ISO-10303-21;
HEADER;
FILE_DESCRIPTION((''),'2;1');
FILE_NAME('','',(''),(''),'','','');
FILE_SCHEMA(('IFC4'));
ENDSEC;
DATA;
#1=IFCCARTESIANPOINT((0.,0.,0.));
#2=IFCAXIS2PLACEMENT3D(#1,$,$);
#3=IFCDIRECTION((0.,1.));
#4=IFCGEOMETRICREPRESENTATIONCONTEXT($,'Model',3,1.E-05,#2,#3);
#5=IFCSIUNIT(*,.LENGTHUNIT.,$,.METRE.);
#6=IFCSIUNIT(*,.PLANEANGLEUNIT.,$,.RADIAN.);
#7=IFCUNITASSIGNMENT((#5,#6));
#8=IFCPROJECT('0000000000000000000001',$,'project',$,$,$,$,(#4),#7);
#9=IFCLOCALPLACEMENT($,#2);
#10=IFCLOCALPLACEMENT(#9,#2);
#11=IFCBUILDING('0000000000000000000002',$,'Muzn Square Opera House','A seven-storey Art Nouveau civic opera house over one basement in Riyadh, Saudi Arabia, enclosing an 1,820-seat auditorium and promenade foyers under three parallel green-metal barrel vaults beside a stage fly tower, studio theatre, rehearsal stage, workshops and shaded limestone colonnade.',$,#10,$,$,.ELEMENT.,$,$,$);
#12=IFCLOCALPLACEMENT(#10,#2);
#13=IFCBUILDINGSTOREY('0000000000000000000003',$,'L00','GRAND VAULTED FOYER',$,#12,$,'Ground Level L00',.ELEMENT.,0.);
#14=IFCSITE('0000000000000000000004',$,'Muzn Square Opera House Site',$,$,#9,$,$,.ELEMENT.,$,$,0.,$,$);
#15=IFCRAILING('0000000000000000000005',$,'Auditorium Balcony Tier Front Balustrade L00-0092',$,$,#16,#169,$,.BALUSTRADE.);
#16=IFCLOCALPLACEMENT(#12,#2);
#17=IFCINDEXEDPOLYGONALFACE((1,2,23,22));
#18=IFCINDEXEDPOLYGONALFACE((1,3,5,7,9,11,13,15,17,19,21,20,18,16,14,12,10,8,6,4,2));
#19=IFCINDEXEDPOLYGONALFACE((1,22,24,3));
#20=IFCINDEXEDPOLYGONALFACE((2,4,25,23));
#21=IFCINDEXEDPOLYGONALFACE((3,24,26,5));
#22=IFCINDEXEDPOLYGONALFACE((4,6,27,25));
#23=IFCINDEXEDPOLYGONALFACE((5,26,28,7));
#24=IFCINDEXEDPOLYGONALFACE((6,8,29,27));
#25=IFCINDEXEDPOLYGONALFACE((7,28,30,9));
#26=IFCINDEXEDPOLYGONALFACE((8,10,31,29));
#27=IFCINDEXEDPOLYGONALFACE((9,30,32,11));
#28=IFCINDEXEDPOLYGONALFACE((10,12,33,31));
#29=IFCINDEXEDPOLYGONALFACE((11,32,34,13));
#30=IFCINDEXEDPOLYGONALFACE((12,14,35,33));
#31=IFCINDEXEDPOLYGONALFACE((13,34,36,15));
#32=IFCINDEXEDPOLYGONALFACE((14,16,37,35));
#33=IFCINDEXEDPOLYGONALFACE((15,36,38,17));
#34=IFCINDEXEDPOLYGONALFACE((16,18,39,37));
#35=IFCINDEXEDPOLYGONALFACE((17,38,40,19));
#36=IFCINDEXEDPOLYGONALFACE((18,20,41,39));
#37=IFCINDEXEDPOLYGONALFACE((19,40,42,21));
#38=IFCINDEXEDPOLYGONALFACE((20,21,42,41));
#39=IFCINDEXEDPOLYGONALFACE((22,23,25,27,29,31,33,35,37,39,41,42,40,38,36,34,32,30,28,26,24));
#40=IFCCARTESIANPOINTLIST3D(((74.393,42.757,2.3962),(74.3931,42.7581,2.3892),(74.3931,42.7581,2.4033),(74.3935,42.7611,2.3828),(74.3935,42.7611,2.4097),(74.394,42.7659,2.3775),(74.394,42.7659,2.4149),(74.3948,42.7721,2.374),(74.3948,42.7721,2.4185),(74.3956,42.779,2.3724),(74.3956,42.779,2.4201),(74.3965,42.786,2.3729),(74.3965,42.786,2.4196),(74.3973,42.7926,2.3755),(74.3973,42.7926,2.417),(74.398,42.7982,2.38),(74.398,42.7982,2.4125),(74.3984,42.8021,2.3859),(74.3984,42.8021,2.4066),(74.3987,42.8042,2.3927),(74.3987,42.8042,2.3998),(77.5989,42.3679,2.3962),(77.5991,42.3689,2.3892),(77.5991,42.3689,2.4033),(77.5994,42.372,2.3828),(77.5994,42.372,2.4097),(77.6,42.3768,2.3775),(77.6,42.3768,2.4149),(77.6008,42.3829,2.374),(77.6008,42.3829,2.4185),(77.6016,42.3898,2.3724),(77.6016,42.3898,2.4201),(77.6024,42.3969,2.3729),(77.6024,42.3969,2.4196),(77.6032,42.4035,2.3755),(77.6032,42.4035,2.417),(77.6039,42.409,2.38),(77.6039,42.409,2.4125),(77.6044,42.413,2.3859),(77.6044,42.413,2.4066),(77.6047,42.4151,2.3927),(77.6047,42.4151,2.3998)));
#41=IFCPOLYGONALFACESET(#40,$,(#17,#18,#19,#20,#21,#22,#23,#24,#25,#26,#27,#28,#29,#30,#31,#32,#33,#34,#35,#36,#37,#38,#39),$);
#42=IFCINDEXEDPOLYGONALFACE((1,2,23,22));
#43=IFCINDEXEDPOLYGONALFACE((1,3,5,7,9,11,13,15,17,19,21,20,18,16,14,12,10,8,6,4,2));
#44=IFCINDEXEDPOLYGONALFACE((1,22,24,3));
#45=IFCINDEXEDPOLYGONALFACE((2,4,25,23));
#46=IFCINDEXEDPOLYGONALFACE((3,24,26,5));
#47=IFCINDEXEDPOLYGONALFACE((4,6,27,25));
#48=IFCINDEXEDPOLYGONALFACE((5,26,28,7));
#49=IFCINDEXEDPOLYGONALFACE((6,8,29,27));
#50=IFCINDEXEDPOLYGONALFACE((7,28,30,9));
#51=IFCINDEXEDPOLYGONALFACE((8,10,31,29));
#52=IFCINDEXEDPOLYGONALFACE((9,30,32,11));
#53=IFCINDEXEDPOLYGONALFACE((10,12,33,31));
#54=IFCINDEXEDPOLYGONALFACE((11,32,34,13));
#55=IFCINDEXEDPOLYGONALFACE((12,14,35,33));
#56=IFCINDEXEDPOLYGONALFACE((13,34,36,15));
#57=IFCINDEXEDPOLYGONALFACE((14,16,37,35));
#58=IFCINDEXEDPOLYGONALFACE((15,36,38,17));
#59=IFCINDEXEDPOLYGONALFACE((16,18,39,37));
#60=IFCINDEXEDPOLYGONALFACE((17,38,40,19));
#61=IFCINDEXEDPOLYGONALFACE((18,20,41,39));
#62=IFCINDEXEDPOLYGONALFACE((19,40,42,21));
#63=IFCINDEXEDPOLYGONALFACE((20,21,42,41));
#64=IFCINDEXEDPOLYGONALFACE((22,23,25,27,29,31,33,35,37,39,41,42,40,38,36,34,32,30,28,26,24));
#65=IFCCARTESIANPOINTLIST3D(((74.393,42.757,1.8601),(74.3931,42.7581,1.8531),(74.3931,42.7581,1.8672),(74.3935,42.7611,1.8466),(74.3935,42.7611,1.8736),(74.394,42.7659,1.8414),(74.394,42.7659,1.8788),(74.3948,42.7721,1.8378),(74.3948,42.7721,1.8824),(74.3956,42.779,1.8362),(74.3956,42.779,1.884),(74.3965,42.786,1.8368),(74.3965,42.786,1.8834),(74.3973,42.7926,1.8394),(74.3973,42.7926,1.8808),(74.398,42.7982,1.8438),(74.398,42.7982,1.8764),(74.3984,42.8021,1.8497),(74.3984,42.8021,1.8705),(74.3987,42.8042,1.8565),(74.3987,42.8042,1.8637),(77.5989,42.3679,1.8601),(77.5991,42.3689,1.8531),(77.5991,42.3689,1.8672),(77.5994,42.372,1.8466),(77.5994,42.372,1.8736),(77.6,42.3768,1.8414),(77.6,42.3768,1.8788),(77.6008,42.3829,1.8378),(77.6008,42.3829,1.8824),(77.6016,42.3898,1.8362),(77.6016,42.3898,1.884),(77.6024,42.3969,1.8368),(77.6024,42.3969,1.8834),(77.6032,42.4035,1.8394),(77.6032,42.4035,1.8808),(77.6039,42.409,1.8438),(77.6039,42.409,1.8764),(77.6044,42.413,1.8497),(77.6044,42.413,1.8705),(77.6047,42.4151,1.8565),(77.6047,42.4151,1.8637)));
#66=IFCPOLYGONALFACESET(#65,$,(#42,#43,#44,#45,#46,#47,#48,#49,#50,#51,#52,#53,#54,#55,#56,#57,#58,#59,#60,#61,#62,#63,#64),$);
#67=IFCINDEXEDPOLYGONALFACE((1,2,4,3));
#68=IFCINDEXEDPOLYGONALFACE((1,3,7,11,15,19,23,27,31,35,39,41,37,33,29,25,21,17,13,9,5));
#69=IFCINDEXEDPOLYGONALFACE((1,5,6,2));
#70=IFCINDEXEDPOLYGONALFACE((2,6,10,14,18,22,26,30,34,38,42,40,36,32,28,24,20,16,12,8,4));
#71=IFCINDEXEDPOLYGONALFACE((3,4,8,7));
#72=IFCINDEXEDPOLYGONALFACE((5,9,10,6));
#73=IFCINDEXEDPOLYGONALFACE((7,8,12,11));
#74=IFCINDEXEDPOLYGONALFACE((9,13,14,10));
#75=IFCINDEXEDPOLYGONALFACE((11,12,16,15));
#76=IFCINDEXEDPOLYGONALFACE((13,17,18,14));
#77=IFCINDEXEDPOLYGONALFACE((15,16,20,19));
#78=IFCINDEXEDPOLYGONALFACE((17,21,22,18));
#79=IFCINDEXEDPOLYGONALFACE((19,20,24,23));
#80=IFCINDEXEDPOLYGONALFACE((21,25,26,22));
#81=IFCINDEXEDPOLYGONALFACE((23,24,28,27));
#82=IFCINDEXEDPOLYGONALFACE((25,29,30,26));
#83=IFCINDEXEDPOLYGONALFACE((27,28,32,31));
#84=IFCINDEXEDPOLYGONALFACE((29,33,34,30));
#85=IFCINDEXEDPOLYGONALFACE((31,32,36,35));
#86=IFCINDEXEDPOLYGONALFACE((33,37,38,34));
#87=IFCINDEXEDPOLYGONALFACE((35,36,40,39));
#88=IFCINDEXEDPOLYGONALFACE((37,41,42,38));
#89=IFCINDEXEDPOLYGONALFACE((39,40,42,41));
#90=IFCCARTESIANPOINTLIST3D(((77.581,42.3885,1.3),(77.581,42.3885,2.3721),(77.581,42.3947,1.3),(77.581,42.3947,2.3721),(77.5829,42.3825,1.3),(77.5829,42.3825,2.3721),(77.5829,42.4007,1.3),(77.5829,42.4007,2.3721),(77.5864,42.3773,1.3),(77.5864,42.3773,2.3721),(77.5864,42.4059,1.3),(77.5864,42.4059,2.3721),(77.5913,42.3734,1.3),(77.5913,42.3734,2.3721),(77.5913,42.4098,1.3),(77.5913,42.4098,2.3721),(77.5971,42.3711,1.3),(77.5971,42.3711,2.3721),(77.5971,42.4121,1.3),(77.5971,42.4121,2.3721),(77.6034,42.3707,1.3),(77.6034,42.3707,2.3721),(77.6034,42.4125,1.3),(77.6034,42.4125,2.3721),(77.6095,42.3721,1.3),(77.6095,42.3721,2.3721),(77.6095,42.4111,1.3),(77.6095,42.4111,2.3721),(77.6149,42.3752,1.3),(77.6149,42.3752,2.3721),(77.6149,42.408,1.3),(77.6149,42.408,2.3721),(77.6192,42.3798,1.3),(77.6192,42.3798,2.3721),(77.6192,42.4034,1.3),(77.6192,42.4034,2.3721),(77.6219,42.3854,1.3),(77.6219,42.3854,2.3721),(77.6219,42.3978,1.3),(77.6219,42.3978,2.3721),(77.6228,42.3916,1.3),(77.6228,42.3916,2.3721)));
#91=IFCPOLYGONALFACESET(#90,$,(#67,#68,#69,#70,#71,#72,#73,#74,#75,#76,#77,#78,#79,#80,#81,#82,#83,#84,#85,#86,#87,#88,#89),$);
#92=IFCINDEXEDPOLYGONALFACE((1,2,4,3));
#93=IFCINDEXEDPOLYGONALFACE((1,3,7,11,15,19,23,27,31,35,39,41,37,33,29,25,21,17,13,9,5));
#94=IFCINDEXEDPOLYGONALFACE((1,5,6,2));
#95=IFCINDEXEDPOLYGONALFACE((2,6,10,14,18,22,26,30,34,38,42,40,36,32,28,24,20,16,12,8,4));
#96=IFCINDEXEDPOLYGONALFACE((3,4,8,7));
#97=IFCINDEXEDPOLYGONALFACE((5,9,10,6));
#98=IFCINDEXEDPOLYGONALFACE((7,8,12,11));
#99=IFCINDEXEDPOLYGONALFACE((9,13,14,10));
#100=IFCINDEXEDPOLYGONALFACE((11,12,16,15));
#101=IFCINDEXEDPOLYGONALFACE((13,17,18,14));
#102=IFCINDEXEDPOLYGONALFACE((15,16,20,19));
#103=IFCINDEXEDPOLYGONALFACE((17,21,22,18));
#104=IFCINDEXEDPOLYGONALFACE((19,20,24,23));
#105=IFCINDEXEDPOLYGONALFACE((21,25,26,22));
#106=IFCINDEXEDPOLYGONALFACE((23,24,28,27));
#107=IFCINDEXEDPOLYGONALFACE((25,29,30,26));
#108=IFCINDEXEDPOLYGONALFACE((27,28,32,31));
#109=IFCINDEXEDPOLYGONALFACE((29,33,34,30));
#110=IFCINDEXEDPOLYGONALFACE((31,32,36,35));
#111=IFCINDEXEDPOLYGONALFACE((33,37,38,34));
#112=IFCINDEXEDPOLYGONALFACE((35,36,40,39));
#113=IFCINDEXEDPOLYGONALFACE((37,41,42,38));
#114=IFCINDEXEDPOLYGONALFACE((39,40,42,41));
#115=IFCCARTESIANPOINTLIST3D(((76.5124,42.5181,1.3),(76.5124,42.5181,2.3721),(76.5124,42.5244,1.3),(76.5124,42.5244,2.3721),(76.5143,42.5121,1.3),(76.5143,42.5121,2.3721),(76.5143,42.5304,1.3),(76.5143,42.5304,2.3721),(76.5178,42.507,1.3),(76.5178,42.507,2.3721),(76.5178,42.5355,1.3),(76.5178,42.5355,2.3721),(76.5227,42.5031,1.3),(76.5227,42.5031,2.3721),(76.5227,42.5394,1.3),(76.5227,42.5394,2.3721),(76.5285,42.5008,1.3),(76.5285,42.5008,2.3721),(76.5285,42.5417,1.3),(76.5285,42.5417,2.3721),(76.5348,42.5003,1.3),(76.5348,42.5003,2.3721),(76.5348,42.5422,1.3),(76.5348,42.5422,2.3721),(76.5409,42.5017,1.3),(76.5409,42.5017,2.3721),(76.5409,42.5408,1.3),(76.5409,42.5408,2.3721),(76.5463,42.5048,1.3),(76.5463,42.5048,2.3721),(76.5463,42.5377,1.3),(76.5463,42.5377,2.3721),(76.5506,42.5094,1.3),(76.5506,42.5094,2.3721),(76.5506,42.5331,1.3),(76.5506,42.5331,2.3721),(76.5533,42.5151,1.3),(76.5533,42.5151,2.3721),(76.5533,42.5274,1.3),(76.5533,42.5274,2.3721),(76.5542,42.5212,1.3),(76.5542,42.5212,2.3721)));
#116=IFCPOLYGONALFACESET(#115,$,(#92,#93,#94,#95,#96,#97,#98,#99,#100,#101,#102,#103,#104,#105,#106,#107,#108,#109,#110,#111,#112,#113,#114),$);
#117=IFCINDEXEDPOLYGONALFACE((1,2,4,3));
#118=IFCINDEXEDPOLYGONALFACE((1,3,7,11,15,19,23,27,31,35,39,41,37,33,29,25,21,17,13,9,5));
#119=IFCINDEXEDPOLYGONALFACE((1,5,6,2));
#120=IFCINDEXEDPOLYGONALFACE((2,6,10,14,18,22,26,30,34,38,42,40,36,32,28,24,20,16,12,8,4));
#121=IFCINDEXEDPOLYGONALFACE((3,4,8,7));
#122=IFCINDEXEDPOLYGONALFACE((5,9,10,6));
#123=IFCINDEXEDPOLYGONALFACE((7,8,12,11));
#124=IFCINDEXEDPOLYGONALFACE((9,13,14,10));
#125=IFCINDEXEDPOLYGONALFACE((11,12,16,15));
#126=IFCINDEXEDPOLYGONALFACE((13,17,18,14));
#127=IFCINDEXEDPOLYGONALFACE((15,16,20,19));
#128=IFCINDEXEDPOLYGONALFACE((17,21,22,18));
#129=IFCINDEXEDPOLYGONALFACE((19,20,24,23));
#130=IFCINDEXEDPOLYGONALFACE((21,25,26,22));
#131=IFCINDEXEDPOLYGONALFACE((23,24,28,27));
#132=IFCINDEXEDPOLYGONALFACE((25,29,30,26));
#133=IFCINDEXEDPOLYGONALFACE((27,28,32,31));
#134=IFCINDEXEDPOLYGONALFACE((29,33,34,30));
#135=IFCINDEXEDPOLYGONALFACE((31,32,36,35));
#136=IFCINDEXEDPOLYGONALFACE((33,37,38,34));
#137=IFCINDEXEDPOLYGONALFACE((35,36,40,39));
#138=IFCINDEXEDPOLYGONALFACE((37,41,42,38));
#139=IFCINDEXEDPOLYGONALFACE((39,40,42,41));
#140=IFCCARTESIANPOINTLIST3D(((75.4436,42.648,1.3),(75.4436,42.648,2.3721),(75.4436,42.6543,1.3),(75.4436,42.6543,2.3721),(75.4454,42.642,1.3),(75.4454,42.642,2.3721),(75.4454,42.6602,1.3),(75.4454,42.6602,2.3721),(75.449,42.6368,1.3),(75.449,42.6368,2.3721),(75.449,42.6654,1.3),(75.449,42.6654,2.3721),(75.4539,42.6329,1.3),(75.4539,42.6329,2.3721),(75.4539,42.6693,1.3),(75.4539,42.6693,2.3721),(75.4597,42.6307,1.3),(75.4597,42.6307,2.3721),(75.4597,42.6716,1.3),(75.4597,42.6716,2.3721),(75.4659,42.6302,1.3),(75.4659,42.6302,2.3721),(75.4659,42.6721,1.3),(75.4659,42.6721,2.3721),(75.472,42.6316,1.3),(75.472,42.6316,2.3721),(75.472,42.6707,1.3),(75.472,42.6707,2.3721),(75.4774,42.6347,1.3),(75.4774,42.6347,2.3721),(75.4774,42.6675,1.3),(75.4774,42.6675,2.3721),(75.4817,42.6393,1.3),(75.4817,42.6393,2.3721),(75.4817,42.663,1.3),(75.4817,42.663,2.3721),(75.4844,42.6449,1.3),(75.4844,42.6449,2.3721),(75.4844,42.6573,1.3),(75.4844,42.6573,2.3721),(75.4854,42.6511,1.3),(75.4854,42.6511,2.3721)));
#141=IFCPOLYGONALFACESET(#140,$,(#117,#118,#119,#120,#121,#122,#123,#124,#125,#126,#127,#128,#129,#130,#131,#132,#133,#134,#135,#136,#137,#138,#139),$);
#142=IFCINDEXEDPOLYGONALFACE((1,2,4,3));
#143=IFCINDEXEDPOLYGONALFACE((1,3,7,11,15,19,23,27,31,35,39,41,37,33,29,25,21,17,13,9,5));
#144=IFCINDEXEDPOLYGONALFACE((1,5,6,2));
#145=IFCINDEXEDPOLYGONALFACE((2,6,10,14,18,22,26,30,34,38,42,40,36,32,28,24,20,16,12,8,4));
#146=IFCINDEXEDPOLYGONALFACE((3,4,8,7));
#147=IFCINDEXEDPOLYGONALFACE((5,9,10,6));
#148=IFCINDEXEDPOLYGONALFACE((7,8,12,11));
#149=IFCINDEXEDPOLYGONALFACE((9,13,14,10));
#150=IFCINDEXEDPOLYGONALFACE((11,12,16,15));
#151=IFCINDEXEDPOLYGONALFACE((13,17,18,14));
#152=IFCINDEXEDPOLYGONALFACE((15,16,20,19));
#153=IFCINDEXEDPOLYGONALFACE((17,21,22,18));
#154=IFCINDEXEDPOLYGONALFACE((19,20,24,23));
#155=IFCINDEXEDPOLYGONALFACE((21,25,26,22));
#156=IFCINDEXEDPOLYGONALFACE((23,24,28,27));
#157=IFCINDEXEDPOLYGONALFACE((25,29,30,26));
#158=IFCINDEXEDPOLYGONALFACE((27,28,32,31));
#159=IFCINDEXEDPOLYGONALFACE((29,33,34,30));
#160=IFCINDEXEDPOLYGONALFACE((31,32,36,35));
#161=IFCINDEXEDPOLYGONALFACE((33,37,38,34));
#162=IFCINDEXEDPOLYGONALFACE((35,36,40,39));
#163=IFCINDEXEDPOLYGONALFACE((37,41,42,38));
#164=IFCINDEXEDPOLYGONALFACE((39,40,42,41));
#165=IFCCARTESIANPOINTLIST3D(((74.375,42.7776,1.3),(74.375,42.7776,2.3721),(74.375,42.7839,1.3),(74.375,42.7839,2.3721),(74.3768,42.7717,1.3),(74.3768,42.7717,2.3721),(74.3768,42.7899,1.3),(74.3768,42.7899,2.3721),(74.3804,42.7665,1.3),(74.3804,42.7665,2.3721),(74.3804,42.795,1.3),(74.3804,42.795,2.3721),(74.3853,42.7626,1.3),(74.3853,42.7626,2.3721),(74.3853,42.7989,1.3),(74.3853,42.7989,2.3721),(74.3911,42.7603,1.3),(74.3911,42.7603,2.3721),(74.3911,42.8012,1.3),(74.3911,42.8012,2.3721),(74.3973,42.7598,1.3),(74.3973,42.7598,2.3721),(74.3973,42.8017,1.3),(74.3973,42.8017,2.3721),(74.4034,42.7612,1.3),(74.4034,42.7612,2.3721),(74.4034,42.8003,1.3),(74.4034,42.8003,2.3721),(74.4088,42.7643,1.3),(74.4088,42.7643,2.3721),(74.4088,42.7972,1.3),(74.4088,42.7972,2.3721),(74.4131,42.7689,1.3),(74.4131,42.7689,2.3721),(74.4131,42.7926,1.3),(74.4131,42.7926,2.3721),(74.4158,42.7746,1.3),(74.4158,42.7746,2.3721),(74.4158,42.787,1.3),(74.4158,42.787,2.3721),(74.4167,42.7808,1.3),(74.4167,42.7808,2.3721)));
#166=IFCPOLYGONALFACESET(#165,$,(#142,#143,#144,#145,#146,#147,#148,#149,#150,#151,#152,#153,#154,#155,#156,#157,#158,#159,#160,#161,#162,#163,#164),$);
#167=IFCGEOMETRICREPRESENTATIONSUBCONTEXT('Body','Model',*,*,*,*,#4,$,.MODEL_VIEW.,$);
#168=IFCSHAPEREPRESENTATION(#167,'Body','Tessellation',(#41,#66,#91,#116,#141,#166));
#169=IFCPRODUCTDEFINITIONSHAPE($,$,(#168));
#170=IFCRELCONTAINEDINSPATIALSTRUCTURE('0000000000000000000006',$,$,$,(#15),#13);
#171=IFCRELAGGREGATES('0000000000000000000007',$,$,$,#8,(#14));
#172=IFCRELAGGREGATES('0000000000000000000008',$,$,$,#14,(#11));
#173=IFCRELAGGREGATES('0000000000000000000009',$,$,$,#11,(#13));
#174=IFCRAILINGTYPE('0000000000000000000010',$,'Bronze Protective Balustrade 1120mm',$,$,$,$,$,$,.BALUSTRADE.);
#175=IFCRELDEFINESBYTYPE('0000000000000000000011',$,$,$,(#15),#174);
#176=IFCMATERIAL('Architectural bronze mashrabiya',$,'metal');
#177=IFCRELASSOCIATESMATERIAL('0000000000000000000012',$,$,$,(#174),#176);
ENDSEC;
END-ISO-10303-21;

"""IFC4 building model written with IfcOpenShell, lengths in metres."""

from ifc_helpers import new_model, si_unit, direction, frame, origin, origin_2d, place, context, subcontext, project, spatial, circle, extrude, material, type_object, element, save


model = new_model("IFC4")

# Units and contexts
model_context = context("Model", 3, precision=1e-05, world=origin(), true_north=direction((0.0, 1.0)))
body_context = subcontext(model_context, "Body", "Model", "MODEL_VIEW")
ifc_project = project(units=[si_unit("LENGTHUNIT", "METRE"), si_unit("PLANEANGLEUNIT", "RADIAN")], contexts=[model_context])

# Site, building, storey
site_placement = place(None, origin())
site = spatial("IfcSite", under=ifc_project, at=site_placement, Name="Muzn Square Opera House Site", CompositionType="ELEMENT", RefElevation=0.0)
building_placement = place(site_placement, origin())
building = spatial("IfcBuilding", under=site, at=building_placement, Name="Muzn Square Opera House", Description="A seven-storey Art Nouveau civic opera house over one basement in Riyadh, Saudi Arabia, enclosing an 1,820-seat auditorium and promenade foyers under three parallel green-metal barrel vaults beside a stage fly tower, studio theatre, rehearsal stage, workshops and shaded limestone colonnade.", CompositionType="ELEMENT")
storey_placement = place(building_placement, origin())
storey = spatial("IfcBuildingStorey", under=building, at=storey_placement, Name="L00", Description="GRAND VAULTED FOYER", LongName="Ground Level L00", CompositionType="ELEMENT", Elevation=0.0)

# Railing
ifc_material_1 = material(Name="Architectural bronze mashrabiya", Category="metal")
railing_type_1 = type_object("IfcRailingType", Name="Bronze Protective Balustrade 1120mm", PredefinedType="BALUSTRADE", material=ifc_material_1)
railing_1_placement = place(storey_placement, frame((77.6018, 42.3916, 1.3)))
element("IfcRailing", 1, at=railing_1_placement, inside=storey, type_object=railing_type_1, Name="Auditorium Balcony Tier Front Balustrade L00-0092", PredefinedType="BALUSTRADE", context=body_context, shape_type="SweptSolid", body=[
    extrude(circle(Radius=0.0239, at=origin_2d()), frame((0.0, 0.0, 1.0962), z_axis=(-0.992714, 0.120498, 0.0), x_axis=(-0.120498, -0.992714, 0.0)), (0.0, 0.0, 1.0), 3.2295),
    extrude(circle(Radius=0.0239, at=origin_2d()), frame((0.0, 0.0, 0.5601), z_axis=(-0.992714, 0.120498, 0.0), x_axis=(-0.120498, -0.992714, 0.0)), (0.0, 0.0, 1.0), 3.2295),
    extrude(circle(Radius=0.021, at=origin_2d()), origin(), (0.0, 0.0, 1.0), 1.072),
    extrude(circle(Radius=0.021, at=origin_2d()), frame((-1.0686, 0.1296, 0.0)), (0.0, 0.0, 1.0), 1.072),
    extrude(circle(Radius=0.021, at=origin_2d()), frame((-2.1375, 0.2595, 0.0)), (0.0, 0.0, 1.0), 1.072),
    extrude(circle(Radius=0.021, at=origin_2d()), frame((-3.2061, 0.3892, 0.0)), (0.0, 0.0, 1.0), 1.072),
])

save(model, "model.ifc")
